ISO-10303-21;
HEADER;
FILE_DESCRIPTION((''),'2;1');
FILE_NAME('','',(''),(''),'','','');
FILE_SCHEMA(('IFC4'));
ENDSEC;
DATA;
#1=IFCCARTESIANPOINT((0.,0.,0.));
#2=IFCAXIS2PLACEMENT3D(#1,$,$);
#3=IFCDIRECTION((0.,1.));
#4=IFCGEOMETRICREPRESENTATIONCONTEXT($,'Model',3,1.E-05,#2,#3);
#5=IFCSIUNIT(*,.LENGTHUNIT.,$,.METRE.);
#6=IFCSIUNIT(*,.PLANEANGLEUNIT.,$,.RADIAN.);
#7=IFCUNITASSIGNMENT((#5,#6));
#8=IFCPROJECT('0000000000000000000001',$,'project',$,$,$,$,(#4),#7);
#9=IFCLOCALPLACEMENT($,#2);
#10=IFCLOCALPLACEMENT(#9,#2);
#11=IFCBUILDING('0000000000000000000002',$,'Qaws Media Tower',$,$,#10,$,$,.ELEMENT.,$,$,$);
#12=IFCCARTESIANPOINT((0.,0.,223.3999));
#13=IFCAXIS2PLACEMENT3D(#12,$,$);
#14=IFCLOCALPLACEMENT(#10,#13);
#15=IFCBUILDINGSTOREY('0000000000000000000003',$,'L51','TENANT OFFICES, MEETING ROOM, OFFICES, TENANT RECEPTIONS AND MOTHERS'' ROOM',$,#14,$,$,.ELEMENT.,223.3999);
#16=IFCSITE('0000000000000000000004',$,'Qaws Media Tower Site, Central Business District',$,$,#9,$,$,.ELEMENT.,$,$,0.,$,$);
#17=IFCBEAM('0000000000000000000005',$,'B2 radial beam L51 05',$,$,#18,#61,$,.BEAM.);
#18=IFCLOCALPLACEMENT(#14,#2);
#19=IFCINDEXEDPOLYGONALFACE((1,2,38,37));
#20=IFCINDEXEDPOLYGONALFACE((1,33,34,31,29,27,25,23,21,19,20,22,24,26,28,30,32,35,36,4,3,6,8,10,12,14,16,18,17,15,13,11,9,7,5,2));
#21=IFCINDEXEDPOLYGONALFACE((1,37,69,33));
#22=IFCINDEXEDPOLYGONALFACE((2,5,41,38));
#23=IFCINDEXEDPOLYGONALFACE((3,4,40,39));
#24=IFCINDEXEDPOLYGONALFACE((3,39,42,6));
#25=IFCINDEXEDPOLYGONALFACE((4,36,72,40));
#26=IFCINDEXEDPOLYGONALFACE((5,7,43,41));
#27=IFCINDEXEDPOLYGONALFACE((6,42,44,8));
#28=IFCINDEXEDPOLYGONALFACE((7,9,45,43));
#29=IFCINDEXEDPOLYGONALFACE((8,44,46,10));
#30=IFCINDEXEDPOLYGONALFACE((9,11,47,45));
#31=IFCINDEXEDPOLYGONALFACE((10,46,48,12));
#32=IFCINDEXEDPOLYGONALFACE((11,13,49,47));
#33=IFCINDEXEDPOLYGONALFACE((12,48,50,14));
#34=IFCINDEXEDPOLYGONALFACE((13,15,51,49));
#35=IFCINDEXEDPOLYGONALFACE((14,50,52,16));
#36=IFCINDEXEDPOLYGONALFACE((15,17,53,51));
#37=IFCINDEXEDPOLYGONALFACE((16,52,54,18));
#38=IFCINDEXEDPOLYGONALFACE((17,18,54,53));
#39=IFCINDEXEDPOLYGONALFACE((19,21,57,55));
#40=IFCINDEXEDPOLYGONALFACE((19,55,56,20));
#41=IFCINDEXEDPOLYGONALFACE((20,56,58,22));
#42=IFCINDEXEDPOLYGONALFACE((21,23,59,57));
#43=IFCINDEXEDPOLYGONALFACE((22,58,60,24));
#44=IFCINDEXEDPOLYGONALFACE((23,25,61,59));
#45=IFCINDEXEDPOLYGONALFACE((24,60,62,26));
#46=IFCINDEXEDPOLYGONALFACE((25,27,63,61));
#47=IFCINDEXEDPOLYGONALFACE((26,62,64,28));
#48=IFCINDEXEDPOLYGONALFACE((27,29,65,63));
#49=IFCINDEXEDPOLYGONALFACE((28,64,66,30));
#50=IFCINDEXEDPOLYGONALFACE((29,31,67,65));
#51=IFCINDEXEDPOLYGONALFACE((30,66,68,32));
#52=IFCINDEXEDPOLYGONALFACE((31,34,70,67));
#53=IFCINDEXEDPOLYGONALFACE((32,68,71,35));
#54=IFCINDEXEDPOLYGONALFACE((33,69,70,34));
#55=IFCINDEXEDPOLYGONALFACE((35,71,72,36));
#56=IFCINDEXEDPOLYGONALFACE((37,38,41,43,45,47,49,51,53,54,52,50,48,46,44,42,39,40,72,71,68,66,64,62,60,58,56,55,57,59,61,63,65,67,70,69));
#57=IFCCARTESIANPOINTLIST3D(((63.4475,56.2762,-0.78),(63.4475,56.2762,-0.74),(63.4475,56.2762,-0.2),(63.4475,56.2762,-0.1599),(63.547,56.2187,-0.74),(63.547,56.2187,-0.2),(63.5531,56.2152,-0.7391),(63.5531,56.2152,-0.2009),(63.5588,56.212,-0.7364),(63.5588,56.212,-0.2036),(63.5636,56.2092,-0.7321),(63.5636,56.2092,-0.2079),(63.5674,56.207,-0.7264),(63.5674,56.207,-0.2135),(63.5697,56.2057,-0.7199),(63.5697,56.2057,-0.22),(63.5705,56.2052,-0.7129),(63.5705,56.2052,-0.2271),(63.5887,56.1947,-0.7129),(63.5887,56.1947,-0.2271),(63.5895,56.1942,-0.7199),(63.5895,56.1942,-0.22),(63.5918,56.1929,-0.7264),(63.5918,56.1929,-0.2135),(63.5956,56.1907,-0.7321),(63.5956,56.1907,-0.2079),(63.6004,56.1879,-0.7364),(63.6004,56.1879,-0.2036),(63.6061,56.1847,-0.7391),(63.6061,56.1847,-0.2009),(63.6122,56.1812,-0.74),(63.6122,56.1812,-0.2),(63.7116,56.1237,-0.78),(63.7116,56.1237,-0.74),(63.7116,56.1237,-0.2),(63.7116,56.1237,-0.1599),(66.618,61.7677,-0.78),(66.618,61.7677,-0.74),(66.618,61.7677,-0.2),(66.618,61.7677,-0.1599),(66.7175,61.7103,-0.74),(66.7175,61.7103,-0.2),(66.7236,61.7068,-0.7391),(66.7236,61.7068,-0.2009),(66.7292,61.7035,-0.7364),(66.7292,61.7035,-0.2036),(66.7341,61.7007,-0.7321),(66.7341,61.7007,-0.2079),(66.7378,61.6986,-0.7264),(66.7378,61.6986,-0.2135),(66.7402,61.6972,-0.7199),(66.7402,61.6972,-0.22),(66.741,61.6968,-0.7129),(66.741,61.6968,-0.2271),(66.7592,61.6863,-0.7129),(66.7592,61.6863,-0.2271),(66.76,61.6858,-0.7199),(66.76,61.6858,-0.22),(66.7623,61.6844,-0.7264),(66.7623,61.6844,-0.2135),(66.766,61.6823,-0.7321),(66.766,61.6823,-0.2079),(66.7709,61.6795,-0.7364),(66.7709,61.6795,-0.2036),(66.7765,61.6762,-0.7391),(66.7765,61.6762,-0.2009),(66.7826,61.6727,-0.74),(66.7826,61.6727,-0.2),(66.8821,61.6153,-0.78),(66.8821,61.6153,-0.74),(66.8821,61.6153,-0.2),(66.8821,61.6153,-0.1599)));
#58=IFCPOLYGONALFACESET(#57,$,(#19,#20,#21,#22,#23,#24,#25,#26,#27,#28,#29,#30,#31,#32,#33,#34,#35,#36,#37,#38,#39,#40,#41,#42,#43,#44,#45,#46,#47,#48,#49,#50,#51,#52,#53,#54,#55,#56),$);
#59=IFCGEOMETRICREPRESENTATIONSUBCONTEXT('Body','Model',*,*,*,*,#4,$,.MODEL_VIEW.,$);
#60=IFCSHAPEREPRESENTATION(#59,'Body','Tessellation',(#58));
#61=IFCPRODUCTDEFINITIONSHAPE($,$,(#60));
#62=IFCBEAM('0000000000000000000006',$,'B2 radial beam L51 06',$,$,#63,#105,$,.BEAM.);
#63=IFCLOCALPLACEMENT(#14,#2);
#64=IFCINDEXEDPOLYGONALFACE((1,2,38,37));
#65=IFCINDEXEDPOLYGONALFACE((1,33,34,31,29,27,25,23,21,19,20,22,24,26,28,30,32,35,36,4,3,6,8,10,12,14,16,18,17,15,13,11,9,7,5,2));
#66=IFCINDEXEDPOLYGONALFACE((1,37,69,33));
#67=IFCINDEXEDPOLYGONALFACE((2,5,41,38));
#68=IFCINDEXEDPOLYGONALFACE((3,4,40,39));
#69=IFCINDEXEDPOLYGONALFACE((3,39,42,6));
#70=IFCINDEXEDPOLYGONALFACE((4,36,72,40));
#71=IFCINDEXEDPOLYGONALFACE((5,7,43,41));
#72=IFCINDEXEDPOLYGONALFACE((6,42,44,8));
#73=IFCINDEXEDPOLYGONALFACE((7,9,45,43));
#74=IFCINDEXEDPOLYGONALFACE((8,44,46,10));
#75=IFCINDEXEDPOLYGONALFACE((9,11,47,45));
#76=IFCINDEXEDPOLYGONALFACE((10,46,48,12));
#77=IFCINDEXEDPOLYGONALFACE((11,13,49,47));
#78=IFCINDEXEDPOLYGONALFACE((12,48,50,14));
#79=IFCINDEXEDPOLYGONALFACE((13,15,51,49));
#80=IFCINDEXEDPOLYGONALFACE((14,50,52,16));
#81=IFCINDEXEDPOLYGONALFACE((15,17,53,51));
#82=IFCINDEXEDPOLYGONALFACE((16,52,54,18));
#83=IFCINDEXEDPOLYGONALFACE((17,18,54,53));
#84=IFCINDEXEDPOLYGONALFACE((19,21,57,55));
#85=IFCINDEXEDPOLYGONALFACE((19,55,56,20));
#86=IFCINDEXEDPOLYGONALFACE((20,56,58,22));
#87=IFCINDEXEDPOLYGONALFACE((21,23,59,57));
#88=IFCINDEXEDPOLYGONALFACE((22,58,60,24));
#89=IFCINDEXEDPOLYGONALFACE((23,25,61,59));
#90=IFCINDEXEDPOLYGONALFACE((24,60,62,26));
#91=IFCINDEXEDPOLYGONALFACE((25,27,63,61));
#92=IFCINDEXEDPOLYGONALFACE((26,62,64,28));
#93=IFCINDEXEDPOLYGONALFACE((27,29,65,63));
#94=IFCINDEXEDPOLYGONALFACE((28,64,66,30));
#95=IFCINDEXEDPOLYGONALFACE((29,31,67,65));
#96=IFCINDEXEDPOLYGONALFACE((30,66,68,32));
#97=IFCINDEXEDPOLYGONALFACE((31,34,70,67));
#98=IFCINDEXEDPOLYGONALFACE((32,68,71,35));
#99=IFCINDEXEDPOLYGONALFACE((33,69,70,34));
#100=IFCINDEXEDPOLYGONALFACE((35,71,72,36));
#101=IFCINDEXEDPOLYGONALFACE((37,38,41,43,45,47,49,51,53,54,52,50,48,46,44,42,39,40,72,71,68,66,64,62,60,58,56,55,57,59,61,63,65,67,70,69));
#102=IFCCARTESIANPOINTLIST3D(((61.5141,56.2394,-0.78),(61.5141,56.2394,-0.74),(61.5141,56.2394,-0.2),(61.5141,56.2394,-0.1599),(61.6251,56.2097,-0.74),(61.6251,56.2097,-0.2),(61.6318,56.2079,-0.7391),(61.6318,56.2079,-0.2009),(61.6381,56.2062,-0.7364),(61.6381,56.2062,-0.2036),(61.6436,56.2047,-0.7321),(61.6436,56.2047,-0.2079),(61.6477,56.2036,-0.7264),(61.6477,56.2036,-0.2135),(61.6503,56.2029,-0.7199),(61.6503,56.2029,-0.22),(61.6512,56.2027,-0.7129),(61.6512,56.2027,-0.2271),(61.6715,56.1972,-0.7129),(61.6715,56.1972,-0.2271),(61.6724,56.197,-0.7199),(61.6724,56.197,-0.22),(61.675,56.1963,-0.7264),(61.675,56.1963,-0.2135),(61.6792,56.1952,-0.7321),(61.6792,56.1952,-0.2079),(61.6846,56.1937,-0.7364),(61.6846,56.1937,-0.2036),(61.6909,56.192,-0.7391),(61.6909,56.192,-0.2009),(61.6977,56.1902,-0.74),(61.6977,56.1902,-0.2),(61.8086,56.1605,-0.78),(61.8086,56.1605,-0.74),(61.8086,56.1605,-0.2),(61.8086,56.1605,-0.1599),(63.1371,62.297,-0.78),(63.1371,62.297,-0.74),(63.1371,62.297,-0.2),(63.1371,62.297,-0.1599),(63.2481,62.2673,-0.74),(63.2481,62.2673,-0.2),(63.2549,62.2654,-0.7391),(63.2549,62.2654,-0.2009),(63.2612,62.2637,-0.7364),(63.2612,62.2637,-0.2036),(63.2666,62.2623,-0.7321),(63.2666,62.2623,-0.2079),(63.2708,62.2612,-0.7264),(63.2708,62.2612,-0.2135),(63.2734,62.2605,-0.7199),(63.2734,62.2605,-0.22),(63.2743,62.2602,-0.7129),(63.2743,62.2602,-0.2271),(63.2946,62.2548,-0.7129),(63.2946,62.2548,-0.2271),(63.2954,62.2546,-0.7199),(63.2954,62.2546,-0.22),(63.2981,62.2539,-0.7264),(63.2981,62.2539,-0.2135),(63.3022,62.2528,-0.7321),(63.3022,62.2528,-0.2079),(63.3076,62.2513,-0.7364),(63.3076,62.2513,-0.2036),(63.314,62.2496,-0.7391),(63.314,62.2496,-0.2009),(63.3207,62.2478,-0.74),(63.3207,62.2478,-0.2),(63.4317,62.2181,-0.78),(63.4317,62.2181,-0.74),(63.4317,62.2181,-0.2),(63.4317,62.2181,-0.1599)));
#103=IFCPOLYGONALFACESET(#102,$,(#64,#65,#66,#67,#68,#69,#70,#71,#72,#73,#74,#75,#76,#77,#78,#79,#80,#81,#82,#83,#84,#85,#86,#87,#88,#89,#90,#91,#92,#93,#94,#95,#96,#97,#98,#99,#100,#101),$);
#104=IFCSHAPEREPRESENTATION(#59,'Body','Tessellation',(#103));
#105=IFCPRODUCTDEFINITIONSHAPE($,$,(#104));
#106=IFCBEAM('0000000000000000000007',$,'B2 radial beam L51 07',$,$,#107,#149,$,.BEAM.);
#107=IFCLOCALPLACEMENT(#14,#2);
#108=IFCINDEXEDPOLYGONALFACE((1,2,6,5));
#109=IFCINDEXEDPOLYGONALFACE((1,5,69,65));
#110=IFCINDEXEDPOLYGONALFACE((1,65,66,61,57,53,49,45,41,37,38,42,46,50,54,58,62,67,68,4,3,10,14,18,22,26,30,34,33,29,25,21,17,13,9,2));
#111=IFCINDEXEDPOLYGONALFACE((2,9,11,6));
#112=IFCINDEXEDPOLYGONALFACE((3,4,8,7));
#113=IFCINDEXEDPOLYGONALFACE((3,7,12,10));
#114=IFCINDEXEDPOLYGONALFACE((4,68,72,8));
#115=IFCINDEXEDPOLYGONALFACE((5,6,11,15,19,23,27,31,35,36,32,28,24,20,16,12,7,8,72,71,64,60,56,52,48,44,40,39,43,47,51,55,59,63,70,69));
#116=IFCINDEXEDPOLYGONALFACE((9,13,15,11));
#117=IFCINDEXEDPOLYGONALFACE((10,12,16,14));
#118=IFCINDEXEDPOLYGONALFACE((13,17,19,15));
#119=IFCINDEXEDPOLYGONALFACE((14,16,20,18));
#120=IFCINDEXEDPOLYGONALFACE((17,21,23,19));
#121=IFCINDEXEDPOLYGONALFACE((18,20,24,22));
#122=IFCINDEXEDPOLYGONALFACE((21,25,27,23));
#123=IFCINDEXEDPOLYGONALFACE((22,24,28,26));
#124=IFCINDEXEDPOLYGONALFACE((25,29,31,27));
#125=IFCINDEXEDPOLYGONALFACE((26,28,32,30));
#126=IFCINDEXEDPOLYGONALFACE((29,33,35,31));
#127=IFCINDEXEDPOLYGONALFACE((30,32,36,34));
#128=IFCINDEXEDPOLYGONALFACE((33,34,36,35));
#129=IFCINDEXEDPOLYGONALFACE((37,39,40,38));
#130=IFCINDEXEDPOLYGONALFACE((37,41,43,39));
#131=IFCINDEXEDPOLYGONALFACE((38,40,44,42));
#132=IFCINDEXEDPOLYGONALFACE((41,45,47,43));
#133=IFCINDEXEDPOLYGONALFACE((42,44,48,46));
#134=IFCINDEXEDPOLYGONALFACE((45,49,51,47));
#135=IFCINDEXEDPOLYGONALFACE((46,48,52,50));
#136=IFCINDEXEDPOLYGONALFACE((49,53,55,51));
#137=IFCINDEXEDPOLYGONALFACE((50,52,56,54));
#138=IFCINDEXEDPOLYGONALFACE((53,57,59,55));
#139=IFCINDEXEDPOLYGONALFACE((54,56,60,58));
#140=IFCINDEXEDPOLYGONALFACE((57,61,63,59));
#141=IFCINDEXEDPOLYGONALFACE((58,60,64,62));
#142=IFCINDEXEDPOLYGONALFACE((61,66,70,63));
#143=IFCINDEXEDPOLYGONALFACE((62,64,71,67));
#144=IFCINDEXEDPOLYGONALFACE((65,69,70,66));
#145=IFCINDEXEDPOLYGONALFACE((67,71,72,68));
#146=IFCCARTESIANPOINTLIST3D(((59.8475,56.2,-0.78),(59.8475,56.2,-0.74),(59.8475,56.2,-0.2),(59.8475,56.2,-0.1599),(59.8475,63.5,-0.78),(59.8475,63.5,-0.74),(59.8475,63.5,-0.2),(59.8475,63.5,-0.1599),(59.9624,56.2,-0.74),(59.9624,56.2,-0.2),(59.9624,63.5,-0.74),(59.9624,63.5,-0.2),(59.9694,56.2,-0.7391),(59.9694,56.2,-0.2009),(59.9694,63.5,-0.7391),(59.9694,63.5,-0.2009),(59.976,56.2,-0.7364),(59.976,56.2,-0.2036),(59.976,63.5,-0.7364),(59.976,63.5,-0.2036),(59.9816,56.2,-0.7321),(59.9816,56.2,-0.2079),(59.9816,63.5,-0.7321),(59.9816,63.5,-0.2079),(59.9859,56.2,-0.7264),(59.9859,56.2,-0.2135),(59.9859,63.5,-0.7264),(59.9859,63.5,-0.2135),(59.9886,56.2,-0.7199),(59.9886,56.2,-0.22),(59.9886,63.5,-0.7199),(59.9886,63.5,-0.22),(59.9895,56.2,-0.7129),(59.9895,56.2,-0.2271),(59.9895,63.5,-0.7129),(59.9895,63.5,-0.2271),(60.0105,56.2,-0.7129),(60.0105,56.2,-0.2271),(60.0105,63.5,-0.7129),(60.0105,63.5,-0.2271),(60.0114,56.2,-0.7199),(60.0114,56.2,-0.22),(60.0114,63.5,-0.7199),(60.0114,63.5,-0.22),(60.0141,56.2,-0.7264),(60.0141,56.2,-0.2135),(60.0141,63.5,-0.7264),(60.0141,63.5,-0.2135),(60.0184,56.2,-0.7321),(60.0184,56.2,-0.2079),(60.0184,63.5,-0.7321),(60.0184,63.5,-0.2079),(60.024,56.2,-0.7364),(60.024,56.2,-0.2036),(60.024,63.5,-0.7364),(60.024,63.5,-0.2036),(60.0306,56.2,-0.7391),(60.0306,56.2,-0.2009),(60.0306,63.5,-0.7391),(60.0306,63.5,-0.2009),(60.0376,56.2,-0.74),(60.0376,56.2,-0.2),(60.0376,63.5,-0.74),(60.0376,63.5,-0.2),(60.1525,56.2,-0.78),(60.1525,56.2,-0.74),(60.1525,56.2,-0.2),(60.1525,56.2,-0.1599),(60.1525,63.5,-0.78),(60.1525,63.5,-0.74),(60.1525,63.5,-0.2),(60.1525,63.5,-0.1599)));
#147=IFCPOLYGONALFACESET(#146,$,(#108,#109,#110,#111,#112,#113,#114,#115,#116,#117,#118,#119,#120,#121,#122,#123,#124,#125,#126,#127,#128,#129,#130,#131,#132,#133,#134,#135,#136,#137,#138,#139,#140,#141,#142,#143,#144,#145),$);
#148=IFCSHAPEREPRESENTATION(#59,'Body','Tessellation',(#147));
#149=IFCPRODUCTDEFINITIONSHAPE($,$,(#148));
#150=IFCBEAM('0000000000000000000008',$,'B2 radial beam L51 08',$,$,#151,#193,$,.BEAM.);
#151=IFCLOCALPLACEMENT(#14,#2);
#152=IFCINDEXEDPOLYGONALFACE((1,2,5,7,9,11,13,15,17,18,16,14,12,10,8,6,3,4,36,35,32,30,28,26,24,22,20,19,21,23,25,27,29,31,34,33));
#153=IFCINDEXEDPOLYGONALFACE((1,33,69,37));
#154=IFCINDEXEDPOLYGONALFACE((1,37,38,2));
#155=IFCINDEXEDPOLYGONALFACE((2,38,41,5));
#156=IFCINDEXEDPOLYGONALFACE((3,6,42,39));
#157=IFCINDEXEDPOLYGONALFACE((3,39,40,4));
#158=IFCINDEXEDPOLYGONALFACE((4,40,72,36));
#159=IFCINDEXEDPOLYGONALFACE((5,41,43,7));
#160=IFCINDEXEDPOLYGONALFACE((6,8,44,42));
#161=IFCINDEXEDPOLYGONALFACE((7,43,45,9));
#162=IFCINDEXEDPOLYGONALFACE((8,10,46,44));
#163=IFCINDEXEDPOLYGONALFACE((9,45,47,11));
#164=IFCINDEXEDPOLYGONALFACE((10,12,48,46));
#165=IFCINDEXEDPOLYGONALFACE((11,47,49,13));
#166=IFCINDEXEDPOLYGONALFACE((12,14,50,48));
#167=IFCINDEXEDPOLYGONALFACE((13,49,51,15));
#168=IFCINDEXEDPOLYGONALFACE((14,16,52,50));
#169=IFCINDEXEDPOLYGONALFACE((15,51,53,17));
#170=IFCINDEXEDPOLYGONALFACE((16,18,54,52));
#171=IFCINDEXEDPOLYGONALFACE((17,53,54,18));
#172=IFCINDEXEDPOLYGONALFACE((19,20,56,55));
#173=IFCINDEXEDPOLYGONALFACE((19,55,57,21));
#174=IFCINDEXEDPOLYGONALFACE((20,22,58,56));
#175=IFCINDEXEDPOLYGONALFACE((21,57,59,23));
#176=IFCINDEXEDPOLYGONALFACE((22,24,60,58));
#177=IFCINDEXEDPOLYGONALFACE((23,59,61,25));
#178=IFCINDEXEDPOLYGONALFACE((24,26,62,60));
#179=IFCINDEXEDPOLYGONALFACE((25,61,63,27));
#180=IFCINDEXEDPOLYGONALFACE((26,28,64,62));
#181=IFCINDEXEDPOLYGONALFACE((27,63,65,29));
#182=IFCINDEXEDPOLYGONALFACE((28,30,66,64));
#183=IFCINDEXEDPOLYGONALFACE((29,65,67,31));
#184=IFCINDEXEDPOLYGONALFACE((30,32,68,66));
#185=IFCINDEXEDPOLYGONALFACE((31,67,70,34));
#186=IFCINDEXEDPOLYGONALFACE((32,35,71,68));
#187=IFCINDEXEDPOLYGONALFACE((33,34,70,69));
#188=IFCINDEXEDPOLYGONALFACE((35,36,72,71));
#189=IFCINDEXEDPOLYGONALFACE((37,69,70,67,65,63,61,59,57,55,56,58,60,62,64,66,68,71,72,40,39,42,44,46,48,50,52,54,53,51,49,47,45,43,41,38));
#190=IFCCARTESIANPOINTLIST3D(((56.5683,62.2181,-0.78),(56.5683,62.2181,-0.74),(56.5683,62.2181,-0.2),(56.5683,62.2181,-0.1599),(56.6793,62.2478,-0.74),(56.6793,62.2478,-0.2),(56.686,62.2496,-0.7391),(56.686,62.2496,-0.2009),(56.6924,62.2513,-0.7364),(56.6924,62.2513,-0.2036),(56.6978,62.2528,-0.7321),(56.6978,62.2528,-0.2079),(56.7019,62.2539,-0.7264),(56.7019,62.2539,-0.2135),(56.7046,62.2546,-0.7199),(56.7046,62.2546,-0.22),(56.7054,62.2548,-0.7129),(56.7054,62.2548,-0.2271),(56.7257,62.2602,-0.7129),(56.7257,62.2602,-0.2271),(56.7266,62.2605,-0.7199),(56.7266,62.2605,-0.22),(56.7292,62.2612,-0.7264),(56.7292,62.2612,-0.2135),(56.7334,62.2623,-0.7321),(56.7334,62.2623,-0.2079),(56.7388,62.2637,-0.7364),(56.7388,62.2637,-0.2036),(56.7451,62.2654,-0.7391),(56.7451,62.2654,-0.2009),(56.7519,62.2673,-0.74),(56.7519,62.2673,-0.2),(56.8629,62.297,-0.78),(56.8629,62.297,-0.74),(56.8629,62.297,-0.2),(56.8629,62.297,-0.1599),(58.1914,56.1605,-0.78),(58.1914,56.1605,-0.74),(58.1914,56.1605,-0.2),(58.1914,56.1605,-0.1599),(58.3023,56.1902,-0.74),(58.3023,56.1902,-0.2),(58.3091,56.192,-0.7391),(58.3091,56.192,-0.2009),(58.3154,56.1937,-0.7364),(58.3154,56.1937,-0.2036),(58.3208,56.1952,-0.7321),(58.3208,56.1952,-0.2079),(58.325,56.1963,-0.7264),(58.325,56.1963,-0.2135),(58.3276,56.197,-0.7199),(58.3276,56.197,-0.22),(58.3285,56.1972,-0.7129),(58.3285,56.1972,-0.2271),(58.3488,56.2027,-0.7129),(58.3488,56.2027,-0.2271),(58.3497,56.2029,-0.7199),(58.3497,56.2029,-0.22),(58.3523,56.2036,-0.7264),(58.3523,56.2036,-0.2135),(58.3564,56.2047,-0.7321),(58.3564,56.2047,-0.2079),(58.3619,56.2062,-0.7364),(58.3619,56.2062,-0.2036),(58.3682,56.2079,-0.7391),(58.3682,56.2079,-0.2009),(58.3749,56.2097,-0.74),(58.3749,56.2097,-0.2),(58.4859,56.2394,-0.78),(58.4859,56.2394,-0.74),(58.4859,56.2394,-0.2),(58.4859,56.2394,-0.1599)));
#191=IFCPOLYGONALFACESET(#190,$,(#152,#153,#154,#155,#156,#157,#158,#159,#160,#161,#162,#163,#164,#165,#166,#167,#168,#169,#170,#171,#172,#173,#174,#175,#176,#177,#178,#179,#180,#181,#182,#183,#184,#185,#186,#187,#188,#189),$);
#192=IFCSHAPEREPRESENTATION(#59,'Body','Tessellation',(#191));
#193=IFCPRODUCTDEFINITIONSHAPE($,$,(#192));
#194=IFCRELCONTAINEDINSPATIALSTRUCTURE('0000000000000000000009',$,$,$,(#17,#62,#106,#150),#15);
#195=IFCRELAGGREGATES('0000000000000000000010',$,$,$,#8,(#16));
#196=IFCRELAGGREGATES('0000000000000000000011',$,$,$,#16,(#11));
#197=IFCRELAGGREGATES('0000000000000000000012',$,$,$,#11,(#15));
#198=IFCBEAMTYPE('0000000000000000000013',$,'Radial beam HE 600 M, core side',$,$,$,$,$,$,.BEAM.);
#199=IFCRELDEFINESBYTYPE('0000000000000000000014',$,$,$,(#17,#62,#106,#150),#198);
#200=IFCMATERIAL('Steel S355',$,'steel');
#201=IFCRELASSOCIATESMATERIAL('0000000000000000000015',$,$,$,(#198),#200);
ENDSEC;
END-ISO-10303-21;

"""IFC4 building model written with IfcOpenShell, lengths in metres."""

from ifc_helpers import new_model, si_unit, direction, frame, origin, origin_2d, place, context, subcontext, project, spatial, i_section, extrude, material, material_profile, profile_set, type_object, element, save


model = new_model("IFC4")

# Units and contexts
model_context = context("Model", 3, precision=1e-05, world=origin(), true_north=direction((0.0, 1.0)))
body_context = subcontext(model_context, "Body", "Model", "MODEL_VIEW")
ifc_project = project(units=[si_unit("LENGTHUNIT", "METRE"), si_unit("PLANEANGLEUNIT", "RADIAN")], contexts=[model_context])

# Site, building, storey
site_placement = place(None, origin())
site = spatial("IfcSite", under=ifc_project, at=site_placement, Name="Qaws Media Tower Site, Central Business District", CompositionType="ELEMENT", RefElevation=0.0)
building_placement = place(site_placement, origin())
building = spatial("IfcBuilding", under=site, at=building_placement, Name="Qaws Media Tower", CompositionType="ELEMENT")
storey_placement = place(building_placement, frame((0.0, 0.0, 223.3999)))
storey = spatial("IfcBuildingStorey", under=building, at=storey_placement, Name="L51", Description="TENANT OFFICES, MEETING ROOM, OFFICES, TENANT RECEPTIONS AND MOTHERS' ROOM", CompositionType="ELEMENT", Elevation=223.3999)

# Beams
ifc_material_1 = material(Name="Steel S355", Category="steel")
ifc_material_profile_1 = material_profile(ifc_material_1, i_section(OverallWidth=0.3049, OverallDepth=0.6201, WebThickness=0.021, FlangeThickness=0.04, FilletRadius=0.0271, at=origin_2d()), Name="HE 600 M")
ifc_profile_set_1 = profile_set([ifc_material_profile_1], Name="Steel S355")
beam_type_1 = type_object("IfcBeamType", Name="Radial beam HE 600 M, core side", PredefinedType="BEAM", material=ifc_profile_set_1)
beam_1_placement = place(storey_placement, frame((63.5796, 56.2, -0.47), z_axis=(0.49999, 0.866031, 0.0), x_axis=(-0.866031, 0.49999, 0.0)))
element("IfcBeam", 1, at=beam_1_placement, inside=storey, type_object=beam_type_1, Name="B2 radial beam L51 05", PredefinedType="BEAM", context=body_context, shape_type="SweptSolid", body=[
    extrude(i_section(OverallWidth=0.3049, OverallDepth=0.6201, WebThickness=0.021, FlangeThickness=0.04, FilletRadius=0.0271, at=origin_2d()), origin(), (0.0, 0.0, 1.0), 6.3411),
])
beam_2_placement = place(storey_placement, frame((61.6614, 56.2, -0.47), z_axis=(0.258806, 0.965929, 0.0), x_axis=(-0.965929, 0.258806, 0.0)))
element("IfcBeam", 2, at=beam_2_placement, inside=storey, type_object=beam_type_1, Name="B2 radial beam L51 06", PredefinedType="BEAM", context=body_context, shape_type="SweptSolid", body=[
    extrude(i_section(OverallWidth=0.3049, OverallDepth=0.6201, WebThickness=0.021, FlangeThickness=0.04, FilletRadius=0.0271, at=origin_2d()), origin(), (0.0, 0.0, 1.0), 6.2712),
])
beam_3_placement = place(storey_placement, frame((60.0, 56.2, -0.47), z_axis=(0.0, 1.0, 0.0), x_axis=(-1.0, 0.0, 0.0)))
element("IfcBeam", 3, at=beam_3_placement, inside=storey, type_object=beam_type_1, Name="B2 radial beam L51 07", PredefinedType="BEAM", context=body_context, shape_type="SweptSolid", body=[
    extrude(i_section(OverallWidth=0.3049, OverallDepth=0.6201, WebThickness=0.021, FlangeThickness=0.04, FilletRadius=0.0271, at=origin_2d()), origin(), (0.0, 0.0, 1.0), 7.3),
])
beam_4_placement = place(storey_placement, frame((58.3386, 56.2, -0.47), z_axis=(-0.258806, 0.965929, 0.0), x_axis=(-0.965929, -0.258806, 0.0)))
element("IfcBeam", 4, at=beam_4_placement, inside=storey, type_object=beam_type_1, Name="B2 radial beam L51 08", PredefinedType="BEAM", context=body_context, shape_type="SweptSolid", body=[
    extrude(i_section(OverallWidth=0.3049, OverallDepth=0.6201, WebThickness=0.021, FlangeThickness=0.04, FilletRadius=0.0271, at=origin_2d()), origin(), (0.0, 0.0, 1.0), 6.2712),
])

save(model, "model.ifc")
